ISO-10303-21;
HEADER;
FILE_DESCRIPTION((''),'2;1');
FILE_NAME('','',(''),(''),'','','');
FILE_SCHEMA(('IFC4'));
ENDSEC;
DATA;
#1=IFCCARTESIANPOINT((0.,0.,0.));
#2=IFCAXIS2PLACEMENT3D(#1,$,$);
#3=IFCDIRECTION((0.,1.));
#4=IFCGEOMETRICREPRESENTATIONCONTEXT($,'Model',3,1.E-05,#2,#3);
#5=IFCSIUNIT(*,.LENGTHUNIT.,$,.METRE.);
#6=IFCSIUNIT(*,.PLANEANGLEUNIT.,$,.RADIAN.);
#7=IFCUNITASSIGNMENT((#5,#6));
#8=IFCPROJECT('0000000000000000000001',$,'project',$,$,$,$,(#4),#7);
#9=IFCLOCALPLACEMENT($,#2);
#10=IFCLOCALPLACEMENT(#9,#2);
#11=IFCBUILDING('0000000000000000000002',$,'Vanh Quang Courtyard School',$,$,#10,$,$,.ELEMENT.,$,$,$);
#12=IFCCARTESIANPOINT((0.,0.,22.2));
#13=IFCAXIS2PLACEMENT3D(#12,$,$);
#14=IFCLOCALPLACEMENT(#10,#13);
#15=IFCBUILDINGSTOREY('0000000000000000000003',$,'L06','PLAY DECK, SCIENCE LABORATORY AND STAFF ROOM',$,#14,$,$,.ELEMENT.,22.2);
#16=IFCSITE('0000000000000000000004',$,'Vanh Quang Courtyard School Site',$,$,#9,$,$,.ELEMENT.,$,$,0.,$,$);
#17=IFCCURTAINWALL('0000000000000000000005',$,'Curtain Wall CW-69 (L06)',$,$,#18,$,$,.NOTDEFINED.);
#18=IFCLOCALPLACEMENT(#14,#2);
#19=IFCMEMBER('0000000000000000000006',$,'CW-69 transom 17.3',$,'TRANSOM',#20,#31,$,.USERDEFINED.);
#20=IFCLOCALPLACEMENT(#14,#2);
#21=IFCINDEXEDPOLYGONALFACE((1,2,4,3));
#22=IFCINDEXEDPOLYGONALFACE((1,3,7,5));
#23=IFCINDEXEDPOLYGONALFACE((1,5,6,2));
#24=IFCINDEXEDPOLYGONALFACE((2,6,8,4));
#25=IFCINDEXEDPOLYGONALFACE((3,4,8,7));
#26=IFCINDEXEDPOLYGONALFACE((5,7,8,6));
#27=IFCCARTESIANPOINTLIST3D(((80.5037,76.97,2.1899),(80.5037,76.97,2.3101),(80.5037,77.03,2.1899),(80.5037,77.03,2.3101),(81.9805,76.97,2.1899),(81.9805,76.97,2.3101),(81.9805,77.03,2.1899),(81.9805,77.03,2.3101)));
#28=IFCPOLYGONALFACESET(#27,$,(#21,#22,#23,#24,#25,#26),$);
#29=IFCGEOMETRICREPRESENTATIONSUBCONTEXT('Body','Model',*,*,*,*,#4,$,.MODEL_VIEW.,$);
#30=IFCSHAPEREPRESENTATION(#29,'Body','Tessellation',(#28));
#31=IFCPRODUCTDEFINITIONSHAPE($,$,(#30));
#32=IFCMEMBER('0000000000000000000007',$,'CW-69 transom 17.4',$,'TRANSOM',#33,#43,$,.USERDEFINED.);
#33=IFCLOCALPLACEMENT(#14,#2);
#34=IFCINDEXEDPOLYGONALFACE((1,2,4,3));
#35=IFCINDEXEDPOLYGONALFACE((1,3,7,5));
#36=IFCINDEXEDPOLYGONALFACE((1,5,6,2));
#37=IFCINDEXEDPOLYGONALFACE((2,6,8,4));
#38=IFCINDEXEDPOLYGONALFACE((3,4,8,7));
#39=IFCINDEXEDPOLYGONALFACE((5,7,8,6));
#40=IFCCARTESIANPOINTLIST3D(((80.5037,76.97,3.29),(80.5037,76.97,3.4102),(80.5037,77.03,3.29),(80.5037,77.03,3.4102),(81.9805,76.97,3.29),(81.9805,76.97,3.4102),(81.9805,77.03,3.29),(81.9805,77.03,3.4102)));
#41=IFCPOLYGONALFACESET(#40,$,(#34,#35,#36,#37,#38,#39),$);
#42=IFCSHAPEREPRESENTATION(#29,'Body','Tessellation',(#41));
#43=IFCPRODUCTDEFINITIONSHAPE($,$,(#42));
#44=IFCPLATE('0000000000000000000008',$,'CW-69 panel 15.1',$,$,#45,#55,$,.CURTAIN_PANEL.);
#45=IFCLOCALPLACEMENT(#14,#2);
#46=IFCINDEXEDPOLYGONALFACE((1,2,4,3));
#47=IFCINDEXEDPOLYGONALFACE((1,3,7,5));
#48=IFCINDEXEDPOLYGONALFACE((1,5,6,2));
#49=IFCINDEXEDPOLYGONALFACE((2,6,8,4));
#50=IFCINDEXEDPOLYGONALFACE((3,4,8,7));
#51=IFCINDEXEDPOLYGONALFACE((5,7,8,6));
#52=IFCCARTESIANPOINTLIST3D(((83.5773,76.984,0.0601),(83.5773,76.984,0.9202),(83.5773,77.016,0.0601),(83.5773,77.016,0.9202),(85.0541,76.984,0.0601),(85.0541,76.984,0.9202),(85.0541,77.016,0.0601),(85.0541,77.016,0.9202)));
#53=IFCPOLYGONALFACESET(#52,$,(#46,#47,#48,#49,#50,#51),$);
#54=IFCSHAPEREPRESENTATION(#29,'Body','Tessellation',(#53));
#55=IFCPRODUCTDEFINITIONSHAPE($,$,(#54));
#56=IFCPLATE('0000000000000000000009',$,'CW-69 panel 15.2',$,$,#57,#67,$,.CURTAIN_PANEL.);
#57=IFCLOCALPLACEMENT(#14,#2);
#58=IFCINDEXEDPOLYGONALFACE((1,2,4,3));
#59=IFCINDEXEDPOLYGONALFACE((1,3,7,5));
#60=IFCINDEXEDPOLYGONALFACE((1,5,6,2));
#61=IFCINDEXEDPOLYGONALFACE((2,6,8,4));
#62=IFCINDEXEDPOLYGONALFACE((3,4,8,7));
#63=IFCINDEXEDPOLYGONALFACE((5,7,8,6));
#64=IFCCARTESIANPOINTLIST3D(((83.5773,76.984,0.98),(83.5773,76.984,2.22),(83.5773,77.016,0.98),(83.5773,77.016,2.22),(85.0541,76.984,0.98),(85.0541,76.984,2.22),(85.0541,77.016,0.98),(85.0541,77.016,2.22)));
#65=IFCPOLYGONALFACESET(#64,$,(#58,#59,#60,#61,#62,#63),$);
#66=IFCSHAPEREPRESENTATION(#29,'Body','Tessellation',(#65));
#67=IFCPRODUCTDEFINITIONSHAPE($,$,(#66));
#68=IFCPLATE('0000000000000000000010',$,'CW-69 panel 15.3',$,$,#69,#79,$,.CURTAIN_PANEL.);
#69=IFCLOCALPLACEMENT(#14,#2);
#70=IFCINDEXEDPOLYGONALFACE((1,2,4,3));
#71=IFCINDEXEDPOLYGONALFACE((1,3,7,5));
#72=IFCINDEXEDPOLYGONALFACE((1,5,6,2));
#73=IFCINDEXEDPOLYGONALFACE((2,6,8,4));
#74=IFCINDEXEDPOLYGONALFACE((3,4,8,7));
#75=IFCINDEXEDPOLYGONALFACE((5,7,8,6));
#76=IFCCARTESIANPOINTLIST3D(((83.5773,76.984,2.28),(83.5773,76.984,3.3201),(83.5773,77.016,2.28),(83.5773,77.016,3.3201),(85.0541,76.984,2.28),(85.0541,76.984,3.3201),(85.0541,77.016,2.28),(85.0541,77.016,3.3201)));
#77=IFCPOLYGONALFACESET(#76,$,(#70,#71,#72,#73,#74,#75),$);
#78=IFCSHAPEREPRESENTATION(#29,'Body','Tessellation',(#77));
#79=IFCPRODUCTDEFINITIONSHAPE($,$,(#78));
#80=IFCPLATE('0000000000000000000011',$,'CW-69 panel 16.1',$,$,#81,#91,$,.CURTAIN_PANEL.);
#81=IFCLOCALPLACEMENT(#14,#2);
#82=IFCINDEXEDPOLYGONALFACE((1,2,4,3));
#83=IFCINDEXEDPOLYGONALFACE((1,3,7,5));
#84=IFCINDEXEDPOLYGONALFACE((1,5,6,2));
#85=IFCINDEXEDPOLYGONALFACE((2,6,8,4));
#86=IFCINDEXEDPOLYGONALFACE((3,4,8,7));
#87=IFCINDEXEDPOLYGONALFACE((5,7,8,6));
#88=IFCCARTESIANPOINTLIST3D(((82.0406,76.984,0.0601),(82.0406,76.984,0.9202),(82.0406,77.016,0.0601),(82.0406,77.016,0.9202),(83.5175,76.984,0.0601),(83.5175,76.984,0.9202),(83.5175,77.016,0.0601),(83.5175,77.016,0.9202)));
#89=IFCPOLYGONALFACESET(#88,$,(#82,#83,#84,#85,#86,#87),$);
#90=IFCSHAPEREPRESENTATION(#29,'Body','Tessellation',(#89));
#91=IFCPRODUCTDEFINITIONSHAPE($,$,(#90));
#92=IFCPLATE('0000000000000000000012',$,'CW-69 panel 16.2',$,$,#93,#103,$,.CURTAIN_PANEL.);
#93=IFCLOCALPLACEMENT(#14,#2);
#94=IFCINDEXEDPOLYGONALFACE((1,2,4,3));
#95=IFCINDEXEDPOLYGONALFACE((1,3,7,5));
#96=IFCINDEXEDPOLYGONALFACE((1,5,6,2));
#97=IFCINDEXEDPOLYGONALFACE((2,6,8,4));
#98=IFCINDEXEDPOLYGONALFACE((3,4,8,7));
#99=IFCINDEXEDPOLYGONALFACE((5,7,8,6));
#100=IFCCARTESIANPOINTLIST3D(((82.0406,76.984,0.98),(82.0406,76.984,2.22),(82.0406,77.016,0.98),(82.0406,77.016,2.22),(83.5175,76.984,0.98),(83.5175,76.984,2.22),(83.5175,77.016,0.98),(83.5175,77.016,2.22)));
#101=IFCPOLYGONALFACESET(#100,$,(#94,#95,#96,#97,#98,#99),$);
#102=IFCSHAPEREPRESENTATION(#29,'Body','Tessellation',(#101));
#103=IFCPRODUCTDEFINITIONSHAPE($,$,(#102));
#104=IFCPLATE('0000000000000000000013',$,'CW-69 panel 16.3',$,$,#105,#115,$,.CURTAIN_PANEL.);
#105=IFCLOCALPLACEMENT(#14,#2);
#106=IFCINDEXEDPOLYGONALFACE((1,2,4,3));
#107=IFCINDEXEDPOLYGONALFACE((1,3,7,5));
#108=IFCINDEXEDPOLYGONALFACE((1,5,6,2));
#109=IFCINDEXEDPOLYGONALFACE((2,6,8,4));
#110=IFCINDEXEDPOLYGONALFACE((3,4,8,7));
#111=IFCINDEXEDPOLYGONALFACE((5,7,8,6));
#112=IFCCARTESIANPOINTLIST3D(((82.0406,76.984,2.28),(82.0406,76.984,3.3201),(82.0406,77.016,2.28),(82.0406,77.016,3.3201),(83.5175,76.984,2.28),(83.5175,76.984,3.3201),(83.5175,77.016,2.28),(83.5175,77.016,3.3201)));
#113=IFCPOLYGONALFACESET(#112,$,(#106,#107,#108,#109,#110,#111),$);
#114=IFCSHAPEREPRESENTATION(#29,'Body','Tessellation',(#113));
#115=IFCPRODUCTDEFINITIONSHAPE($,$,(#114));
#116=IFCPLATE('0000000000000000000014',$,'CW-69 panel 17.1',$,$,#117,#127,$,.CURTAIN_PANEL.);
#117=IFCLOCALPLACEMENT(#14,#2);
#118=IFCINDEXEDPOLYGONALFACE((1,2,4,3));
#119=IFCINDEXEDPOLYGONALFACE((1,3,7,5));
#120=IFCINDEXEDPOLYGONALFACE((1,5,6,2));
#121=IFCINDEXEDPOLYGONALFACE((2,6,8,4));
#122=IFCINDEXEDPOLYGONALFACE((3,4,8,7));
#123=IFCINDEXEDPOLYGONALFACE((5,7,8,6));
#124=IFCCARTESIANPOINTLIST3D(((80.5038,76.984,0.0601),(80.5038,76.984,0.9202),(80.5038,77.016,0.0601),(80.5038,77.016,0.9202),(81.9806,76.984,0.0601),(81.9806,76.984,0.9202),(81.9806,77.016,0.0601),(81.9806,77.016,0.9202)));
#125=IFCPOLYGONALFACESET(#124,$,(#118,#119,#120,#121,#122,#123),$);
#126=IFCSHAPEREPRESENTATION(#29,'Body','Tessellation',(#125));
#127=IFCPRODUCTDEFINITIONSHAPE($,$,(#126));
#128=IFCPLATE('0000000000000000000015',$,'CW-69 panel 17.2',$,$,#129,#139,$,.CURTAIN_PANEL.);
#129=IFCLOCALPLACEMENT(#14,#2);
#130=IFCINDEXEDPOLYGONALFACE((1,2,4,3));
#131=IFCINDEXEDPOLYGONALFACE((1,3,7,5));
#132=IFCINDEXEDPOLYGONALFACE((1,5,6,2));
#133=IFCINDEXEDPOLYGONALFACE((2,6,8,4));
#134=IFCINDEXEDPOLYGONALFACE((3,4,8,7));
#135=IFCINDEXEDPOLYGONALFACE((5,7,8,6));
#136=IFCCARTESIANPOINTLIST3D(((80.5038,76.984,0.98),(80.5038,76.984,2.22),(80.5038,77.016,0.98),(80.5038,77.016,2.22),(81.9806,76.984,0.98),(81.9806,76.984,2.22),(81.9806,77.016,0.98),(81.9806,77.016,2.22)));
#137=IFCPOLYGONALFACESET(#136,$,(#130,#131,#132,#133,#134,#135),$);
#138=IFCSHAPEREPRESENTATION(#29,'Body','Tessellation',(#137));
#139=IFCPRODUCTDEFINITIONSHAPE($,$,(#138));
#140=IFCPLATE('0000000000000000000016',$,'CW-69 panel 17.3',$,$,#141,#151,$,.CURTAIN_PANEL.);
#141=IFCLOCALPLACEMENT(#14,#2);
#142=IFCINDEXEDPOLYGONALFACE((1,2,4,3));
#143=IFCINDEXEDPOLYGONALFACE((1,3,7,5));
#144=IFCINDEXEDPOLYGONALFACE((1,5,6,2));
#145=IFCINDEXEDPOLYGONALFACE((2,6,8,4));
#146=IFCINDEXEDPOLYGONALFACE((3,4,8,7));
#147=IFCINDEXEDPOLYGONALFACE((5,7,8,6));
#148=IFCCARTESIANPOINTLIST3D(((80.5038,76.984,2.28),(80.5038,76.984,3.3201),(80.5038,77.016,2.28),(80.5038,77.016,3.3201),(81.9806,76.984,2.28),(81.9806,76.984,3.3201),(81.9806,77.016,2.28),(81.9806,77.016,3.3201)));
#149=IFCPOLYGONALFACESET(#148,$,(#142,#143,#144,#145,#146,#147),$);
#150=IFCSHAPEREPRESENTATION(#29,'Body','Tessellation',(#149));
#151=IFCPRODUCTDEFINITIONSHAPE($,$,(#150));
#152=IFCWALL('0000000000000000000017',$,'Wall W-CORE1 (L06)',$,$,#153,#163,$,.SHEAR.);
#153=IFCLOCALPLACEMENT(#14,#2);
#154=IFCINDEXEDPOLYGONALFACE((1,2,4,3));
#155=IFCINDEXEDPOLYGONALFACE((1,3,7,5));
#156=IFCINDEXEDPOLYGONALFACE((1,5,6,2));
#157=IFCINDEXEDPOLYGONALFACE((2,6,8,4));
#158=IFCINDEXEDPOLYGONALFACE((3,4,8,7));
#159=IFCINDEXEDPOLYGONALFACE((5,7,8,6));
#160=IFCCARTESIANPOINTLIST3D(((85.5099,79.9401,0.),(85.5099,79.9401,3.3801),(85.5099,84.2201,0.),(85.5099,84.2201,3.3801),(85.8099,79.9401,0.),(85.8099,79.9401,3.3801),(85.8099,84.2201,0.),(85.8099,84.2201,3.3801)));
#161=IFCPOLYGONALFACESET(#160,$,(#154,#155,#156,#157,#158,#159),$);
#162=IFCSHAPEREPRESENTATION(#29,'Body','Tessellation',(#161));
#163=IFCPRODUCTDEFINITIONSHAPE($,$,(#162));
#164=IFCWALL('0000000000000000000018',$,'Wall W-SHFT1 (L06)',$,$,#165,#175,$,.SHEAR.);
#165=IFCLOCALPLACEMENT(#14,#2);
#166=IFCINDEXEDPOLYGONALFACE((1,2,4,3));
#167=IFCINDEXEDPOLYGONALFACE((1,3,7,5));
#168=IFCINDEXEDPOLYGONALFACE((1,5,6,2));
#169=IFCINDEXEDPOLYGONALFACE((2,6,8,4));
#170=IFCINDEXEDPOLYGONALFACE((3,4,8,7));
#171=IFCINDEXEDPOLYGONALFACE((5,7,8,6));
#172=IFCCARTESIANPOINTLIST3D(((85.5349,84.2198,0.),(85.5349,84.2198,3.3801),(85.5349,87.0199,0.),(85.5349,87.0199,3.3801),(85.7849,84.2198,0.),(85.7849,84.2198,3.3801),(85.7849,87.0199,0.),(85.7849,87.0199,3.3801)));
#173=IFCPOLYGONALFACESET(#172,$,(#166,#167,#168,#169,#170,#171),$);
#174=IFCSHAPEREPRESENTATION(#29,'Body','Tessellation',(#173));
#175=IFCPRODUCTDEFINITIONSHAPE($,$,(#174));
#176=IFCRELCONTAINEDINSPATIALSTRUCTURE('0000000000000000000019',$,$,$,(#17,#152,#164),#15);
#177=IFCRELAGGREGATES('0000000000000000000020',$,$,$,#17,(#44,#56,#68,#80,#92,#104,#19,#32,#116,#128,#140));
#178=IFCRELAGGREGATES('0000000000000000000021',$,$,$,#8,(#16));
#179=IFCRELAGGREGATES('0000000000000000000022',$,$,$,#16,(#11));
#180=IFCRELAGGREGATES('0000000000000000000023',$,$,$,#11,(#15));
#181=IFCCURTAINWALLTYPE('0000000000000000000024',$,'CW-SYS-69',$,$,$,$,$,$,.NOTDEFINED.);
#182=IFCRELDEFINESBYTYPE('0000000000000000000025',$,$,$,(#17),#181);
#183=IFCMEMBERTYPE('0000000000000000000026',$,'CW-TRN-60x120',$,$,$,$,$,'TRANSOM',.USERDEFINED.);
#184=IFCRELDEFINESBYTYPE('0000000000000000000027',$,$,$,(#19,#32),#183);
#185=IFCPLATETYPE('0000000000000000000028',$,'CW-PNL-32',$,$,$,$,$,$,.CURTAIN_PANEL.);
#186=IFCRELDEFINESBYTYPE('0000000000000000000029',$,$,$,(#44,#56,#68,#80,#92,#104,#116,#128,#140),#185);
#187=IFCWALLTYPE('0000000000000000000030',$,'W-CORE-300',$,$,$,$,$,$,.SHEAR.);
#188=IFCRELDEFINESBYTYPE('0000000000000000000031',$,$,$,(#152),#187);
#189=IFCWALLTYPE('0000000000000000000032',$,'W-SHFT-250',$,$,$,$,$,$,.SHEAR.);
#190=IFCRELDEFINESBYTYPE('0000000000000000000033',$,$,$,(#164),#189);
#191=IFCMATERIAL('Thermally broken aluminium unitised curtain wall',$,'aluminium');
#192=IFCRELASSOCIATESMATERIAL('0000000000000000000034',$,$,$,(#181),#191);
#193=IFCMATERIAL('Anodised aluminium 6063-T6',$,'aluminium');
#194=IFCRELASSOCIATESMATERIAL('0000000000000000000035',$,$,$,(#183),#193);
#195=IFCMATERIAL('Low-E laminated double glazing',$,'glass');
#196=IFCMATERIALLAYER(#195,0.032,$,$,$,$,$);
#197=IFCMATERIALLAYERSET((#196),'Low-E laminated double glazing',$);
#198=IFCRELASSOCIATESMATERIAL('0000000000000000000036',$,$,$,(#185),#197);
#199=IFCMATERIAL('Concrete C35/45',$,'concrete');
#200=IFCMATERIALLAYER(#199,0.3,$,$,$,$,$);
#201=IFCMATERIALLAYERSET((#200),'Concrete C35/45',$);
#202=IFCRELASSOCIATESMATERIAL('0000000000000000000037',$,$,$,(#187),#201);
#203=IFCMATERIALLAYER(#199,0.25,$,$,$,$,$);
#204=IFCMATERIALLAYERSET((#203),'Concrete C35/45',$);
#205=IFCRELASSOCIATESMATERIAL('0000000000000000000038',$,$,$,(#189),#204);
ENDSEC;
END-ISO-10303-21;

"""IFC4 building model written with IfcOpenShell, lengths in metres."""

from ifc_helpers import new_model, si_unit, direction, frame, frame_2d, origin, origin_2d, place, context, subcontext, project, spatial, rectangle, extrude, material, layer, layer_set, material_profile, profile_set, type_object, element, aggregate, save


model = new_model("IFC4")

# Units and contexts
model_context = context("Model", 3, precision=1e-05, world=origin(), true_north=direction((0.0, 1.0)))
body_context = subcontext(model_context, "Body", "Model", "MODEL_VIEW")
ifc_project = project(units=[si_unit("LENGTHUNIT", "METRE"), si_unit("PLANEANGLEUNIT", "RADIAN")], contexts=[model_context])

# Site, building, storey
site_placement = place(None, origin())
site = spatial("IfcSite", under=ifc_project, at=site_placement, Name="Vanh Quang Courtyard School Site", CompositionType="ELEMENT", RefElevation=0.0)
building_placement = place(site_placement, origin())
building = spatial("IfcBuilding", under=site, at=building_placement, Name="Vanh Quang Courtyard School", CompositionType="ELEMENT")
storey_placement = place(building_placement, frame((0.0, 0.0, 22.2)))
storey = spatial("IfcBuildingStorey", under=building, at=storey_placement, Name="L06", Description="PLAY DECK, SCIENCE LABORATORY AND STAFF ROOM", CompositionType="ELEMENT", Elevation=22.2)

# Shared definitions
ifc_material_1 = material(Name="Concrete C35/45", Category="concrete")

# Curtain wall, members, plates
ifc_material_2 = material(Name="Thermally broken aluminium unitised curtain wall", Category="aluminium")
curtain_wall_type = type_object("IfcCurtainWallType", Name="CW-SYS-69", PredefinedType="NOTDEFINED", material=ifc_material_2)
curtain_wall_placement = place(storey_placement, origin())
curtain_wall = element("IfcCurtainWall", 1, at=curtain_wall_placement, inside=storey, type_object=curtain_wall_type, Name="Curtain Wall CW-69 (L06)", PredefinedType="NOTDEFINED")
ifc_material_3 = material(Name="Anodised aluminium 6063-T6", Category="aluminium")
ifc_material_profile_1 = material_profile(ifc_material_3, rectangle(XDim=0.0601, YDim=0.1201, at=origin_2d()), Name="ALU-TRN 60x120")
ifc_profile_set_1 = profile_set([ifc_material_profile_1], Name="Anodised aluminium 6063-T6")
member_type_1 = type_object("IfcMemberType", Name="CW-TRN-60x120", ElementType="TRANSOM", PredefinedType="USERDEFINED", material=ifc_profile_set_1)
member_1_placement = place(storey_placement, frame((81.9805, 77.0, 2.25), z_axis=(-1.0, 0.0, 0.0), x_axis=(0.0, -1.0, 0.0)))
member_1 = element("IfcMember", 2, at=member_1_placement, type_object=member_type_1, Name="CW-69 transom 17.3", ObjectType="TRANSOM", PredefinedType="USERDEFINED", context=body_context, shape_type="SweptSolid", body=[
    extrude(rectangle(XDim=0.0601, YDim=0.1201, at=origin_2d()), origin(), (0.0, 0.0, 1.0), 1.4768),
])
member_2_placement = place(storey_placement, frame((81.9805, 77.0, 3.3501), z_axis=(-1.0, 0.0, 0.0), x_axis=(0.0, -1.0, 0.0)))
member_2 = element("IfcMember", 3, at=member_2_placement, type_object=member_type_1, Name="CW-69 transom 17.4", ObjectType="TRANSOM", PredefinedType="USERDEFINED", context=body_context, shape_type="SweptSolid", body=[
    extrude(rectangle(XDim=0.0601, YDim=0.1201, at=origin_2d()), origin(), (0.0, 0.0, 1.0), 1.4768),
])
ifc_material_4 = material(Name="Low-E laminated double glazing", Category="glass")
ifc_layer_1 = layer(ifc_material_4, 0.032)
ifc_layer_set_1 = layer_set([ifc_layer_1], Name="Low-E laminated double glazing")
plate_type = type_object("IfcPlateType", Name="CW-PNL-32", PredefinedType="CURTAIN_PANEL", material=ifc_layer_set_1)
plate_1_placement = place(storey_placement, frame((84.3157, 77.0, 0.0601), z_axis=(0.0, 0.0, 1.0), x_axis=(-1.0, 0.0, 0.0)))
plate_1 = element("IfcPlate", 4, at=plate_1_placement, type_object=plate_type, Name="CW-69 panel 15.1", PredefinedType="CURTAIN_PANEL", context=body_context, shape_type="SweptSolid", body=[
    extrude(rectangle(XDim=1.4768, YDim=0.032, at=origin_2d()), origin(), (0.0, 0.0, 1.0), 0.8601),
])
plate_2_placement = place(storey_placement, frame((84.3157, 77.0, 0.98), z_axis=(0.0, 0.0, 1.0), x_axis=(-1.0, 0.0, 0.0)))
plate_2 = element("IfcPlate", 5, at=plate_2_placement, type_object=plate_type, Name="CW-69 panel 15.2", PredefinedType="CURTAIN_PANEL", context=body_context, shape_type="SweptSolid", body=[
    extrude(rectangle(XDim=1.4768, YDim=0.032, at=origin_2d()), origin(), (0.0, 0.0, 1.0), 1.24),
])
plate_3_placement = place(storey_placement, frame((84.3157, 77.0, 2.28), z_axis=(0.0, 0.0, 1.0), x_axis=(-1.0, 0.0, 0.0)))
plate_3 = element("IfcPlate", 6, at=plate_3_placement, type_object=plate_type, Name="CW-69 panel 15.3", PredefinedType="CURTAIN_PANEL", context=body_context, shape_type="SweptSolid", body=[
    extrude(rectangle(XDim=1.4768, YDim=0.032, at=origin_2d()), origin(), (0.0, 0.0, 1.0), 1.04),
])
plate_4_placement = place(storey_placement, frame((82.7791, 77.0, 0.0601), z_axis=(0.0, 0.0, 1.0), x_axis=(-1.0, 0.0, 0.0)))
plate_4 = element("IfcPlate", 7, at=plate_4_placement, type_object=plate_type, Name="CW-69 panel 16.1", PredefinedType="CURTAIN_PANEL", context=body_context, shape_type="SweptSolid", body=[
    extrude(rectangle(XDim=1.4768, YDim=0.032, at=origin_2d()), origin(), (0.0, 0.0, 1.0), 0.8601),
])
plate_5_placement = place(storey_placement, frame((82.7791, 77.0, 0.98), z_axis=(0.0, 0.0, 1.0), x_axis=(-1.0, 0.0, 0.0)))
plate_5 = element("IfcPlate", 8, at=plate_5_placement, type_object=plate_type, Name="CW-69 panel 16.2", PredefinedType="CURTAIN_PANEL", context=body_context, shape_type="SweptSolid", body=[
    extrude(rectangle(XDim=1.4768, YDim=0.032, at=origin_2d()), origin(), (0.0, 0.0, 1.0), 1.24),
])
plate_6_placement = place(storey_placement, frame((82.7791, 77.0, 2.28), z_axis=(0.0, 0.0, 1.0), x_axis=(-1.0, 0.0, 0.0)))
plate_6 = element("IfcPlate", 9, at=plate_6_placement, type_object=plate_type, Name="CW-69 panel 16.3", PredefinedType="CURTAIN_PANEL", context=body_context, shape_type="SweptSolid", body=[
    extrude(rectangle(XDim=1.4768, YDim=0.032, at=origin_2d()), origin(), (0.0, 0.0, 1.0), 1.04),
])
plate_7_placement = place(storey_placement, frame((81.2422, 77.0, 0.0601), z_axis=(0.0, 0.0, 1.0), x_axis=(-1.0, 0.0, 0.0)))
plate_7 = element("IfcPlate", 10, at=plate_7_placement, type_object=plate_type, Name="CW-69 panel 17.1", PredefinedType="CURTAIN_PANEL", context=body_context, shape_type="SweptSolid", body=[
    extrude(rectangle(XDim=1.4768, YDim=0.032, at=origin_2d()), origin(), (0.0, 0.0, 1.0), 0.8601),
])
plate_8_placement = place(storey_placement, frame((81.2422, 77.0, 0.98), z_axis=(0.0, 0.0, 1.0), x_axis=(-1.0, 0.0, 0.0)))
plate_8 = element("IfcPlate", 11, at=plate_8_placement, type_object=plate_type, Name="CW-69 panel 17.2", PredefinedType="CURTAIN_PANEL", context=body_context, shape_type="SweptSolid", body=[
    extrude(rectangle(XDim=1.4768, YDim=0.032, at=origin_2d()), origin(), (0.0, 0.0, 1.0), 1.24),
])
plate_9_placement = place(storey_placement, frame((81.2422, 77.0, 2.28), z_axis=(0.0, 0.0, 1.0), x_axis=(-1.0, 0.0, 0.0)))
plate_9 = element("IfcPlate", 12, at=plate_9_placement, type_object=plate_type, Name="CW-69 panel 17.3", PredefinedType="CURTAIN_PANEL", context=body_context, shape_type="SweptSolid", body=[
    extrude(rectangle(XDim=1.4768, YDim=0.032, at=origin_2d()), origin(), (0.0, 0.0, 1.0), 1.04),
])
aggregate(curtain_wall, [plate_1, plate_2, plate_3, plate_4, plate_5, plate_6, member_1, member_2, plate_7, plate_8, plate_9])

# Wall
ifc_layer_2 = layer(ifc_material_1, 0.3)
ifc_layer_set_2 = layer_set([ifc_layer_2], Name="Concrete C35/45")
wall_type_1 = type_object("IfcWallType", Name="W-CORE-300", PredefinedType="SHEAR", material=ifc_layer_set_2)
wall_1_placement = place(storey_placement, frame((85.6599, 79.9399, 0.0), z_axis=(0.0, 0.0, 1.0), x_axis=(0.0, 1.0, 0.0)))
element("IfcWall", 13, at=wall_1_placement, inside=storey, type_object=wall_type_1, Name="Wall W-CORE1 (L06)", PredefinedType="SHEAR", context=body_context, shape_type="SweptSolid", body=[
    extrude(rectangle(XDim=4.28, YDim=0.3, at=frame_2d((2.1401, 0.0))), origin(), (0.0, 0.0, 1.0), 3.3801),
])

# Shared definitions
ifc_layer_3 = layer(ifc_material_1, 0.25)
ifc_layer_set_3 = layer_set([ifc_layer_3], Name="Concrete C35/45")
wall_type_2 = type_object("IfcWallType", Name="W-SHFT-250", PredefinedType="SHEAR", material=ifc_layer_set_3)

# Wall
wall_2_placement = place(storey_placement, frame((85.6599, 84.22, 0.0), z_axis=(0.0, 0.0, 1.0), x_axis=(0.0, 1.0, 0.0)))
element("IfcWall", 14, at=wall_2_placement, inside=storey, type_object=wall_type_2, Name="Wall W-SHFT1 (L06)", PredefinedType="SHEAR", context=body_context, shape_type="SweptSolid", body=[
    extrude(rectangle(XDim=2.8, YDim=0.25, at=frame_2d((1.3999, 0.0))), origin(), (0.0, 0.0, 1.0), 3.3801),
])

save(model, "model.ifc")
